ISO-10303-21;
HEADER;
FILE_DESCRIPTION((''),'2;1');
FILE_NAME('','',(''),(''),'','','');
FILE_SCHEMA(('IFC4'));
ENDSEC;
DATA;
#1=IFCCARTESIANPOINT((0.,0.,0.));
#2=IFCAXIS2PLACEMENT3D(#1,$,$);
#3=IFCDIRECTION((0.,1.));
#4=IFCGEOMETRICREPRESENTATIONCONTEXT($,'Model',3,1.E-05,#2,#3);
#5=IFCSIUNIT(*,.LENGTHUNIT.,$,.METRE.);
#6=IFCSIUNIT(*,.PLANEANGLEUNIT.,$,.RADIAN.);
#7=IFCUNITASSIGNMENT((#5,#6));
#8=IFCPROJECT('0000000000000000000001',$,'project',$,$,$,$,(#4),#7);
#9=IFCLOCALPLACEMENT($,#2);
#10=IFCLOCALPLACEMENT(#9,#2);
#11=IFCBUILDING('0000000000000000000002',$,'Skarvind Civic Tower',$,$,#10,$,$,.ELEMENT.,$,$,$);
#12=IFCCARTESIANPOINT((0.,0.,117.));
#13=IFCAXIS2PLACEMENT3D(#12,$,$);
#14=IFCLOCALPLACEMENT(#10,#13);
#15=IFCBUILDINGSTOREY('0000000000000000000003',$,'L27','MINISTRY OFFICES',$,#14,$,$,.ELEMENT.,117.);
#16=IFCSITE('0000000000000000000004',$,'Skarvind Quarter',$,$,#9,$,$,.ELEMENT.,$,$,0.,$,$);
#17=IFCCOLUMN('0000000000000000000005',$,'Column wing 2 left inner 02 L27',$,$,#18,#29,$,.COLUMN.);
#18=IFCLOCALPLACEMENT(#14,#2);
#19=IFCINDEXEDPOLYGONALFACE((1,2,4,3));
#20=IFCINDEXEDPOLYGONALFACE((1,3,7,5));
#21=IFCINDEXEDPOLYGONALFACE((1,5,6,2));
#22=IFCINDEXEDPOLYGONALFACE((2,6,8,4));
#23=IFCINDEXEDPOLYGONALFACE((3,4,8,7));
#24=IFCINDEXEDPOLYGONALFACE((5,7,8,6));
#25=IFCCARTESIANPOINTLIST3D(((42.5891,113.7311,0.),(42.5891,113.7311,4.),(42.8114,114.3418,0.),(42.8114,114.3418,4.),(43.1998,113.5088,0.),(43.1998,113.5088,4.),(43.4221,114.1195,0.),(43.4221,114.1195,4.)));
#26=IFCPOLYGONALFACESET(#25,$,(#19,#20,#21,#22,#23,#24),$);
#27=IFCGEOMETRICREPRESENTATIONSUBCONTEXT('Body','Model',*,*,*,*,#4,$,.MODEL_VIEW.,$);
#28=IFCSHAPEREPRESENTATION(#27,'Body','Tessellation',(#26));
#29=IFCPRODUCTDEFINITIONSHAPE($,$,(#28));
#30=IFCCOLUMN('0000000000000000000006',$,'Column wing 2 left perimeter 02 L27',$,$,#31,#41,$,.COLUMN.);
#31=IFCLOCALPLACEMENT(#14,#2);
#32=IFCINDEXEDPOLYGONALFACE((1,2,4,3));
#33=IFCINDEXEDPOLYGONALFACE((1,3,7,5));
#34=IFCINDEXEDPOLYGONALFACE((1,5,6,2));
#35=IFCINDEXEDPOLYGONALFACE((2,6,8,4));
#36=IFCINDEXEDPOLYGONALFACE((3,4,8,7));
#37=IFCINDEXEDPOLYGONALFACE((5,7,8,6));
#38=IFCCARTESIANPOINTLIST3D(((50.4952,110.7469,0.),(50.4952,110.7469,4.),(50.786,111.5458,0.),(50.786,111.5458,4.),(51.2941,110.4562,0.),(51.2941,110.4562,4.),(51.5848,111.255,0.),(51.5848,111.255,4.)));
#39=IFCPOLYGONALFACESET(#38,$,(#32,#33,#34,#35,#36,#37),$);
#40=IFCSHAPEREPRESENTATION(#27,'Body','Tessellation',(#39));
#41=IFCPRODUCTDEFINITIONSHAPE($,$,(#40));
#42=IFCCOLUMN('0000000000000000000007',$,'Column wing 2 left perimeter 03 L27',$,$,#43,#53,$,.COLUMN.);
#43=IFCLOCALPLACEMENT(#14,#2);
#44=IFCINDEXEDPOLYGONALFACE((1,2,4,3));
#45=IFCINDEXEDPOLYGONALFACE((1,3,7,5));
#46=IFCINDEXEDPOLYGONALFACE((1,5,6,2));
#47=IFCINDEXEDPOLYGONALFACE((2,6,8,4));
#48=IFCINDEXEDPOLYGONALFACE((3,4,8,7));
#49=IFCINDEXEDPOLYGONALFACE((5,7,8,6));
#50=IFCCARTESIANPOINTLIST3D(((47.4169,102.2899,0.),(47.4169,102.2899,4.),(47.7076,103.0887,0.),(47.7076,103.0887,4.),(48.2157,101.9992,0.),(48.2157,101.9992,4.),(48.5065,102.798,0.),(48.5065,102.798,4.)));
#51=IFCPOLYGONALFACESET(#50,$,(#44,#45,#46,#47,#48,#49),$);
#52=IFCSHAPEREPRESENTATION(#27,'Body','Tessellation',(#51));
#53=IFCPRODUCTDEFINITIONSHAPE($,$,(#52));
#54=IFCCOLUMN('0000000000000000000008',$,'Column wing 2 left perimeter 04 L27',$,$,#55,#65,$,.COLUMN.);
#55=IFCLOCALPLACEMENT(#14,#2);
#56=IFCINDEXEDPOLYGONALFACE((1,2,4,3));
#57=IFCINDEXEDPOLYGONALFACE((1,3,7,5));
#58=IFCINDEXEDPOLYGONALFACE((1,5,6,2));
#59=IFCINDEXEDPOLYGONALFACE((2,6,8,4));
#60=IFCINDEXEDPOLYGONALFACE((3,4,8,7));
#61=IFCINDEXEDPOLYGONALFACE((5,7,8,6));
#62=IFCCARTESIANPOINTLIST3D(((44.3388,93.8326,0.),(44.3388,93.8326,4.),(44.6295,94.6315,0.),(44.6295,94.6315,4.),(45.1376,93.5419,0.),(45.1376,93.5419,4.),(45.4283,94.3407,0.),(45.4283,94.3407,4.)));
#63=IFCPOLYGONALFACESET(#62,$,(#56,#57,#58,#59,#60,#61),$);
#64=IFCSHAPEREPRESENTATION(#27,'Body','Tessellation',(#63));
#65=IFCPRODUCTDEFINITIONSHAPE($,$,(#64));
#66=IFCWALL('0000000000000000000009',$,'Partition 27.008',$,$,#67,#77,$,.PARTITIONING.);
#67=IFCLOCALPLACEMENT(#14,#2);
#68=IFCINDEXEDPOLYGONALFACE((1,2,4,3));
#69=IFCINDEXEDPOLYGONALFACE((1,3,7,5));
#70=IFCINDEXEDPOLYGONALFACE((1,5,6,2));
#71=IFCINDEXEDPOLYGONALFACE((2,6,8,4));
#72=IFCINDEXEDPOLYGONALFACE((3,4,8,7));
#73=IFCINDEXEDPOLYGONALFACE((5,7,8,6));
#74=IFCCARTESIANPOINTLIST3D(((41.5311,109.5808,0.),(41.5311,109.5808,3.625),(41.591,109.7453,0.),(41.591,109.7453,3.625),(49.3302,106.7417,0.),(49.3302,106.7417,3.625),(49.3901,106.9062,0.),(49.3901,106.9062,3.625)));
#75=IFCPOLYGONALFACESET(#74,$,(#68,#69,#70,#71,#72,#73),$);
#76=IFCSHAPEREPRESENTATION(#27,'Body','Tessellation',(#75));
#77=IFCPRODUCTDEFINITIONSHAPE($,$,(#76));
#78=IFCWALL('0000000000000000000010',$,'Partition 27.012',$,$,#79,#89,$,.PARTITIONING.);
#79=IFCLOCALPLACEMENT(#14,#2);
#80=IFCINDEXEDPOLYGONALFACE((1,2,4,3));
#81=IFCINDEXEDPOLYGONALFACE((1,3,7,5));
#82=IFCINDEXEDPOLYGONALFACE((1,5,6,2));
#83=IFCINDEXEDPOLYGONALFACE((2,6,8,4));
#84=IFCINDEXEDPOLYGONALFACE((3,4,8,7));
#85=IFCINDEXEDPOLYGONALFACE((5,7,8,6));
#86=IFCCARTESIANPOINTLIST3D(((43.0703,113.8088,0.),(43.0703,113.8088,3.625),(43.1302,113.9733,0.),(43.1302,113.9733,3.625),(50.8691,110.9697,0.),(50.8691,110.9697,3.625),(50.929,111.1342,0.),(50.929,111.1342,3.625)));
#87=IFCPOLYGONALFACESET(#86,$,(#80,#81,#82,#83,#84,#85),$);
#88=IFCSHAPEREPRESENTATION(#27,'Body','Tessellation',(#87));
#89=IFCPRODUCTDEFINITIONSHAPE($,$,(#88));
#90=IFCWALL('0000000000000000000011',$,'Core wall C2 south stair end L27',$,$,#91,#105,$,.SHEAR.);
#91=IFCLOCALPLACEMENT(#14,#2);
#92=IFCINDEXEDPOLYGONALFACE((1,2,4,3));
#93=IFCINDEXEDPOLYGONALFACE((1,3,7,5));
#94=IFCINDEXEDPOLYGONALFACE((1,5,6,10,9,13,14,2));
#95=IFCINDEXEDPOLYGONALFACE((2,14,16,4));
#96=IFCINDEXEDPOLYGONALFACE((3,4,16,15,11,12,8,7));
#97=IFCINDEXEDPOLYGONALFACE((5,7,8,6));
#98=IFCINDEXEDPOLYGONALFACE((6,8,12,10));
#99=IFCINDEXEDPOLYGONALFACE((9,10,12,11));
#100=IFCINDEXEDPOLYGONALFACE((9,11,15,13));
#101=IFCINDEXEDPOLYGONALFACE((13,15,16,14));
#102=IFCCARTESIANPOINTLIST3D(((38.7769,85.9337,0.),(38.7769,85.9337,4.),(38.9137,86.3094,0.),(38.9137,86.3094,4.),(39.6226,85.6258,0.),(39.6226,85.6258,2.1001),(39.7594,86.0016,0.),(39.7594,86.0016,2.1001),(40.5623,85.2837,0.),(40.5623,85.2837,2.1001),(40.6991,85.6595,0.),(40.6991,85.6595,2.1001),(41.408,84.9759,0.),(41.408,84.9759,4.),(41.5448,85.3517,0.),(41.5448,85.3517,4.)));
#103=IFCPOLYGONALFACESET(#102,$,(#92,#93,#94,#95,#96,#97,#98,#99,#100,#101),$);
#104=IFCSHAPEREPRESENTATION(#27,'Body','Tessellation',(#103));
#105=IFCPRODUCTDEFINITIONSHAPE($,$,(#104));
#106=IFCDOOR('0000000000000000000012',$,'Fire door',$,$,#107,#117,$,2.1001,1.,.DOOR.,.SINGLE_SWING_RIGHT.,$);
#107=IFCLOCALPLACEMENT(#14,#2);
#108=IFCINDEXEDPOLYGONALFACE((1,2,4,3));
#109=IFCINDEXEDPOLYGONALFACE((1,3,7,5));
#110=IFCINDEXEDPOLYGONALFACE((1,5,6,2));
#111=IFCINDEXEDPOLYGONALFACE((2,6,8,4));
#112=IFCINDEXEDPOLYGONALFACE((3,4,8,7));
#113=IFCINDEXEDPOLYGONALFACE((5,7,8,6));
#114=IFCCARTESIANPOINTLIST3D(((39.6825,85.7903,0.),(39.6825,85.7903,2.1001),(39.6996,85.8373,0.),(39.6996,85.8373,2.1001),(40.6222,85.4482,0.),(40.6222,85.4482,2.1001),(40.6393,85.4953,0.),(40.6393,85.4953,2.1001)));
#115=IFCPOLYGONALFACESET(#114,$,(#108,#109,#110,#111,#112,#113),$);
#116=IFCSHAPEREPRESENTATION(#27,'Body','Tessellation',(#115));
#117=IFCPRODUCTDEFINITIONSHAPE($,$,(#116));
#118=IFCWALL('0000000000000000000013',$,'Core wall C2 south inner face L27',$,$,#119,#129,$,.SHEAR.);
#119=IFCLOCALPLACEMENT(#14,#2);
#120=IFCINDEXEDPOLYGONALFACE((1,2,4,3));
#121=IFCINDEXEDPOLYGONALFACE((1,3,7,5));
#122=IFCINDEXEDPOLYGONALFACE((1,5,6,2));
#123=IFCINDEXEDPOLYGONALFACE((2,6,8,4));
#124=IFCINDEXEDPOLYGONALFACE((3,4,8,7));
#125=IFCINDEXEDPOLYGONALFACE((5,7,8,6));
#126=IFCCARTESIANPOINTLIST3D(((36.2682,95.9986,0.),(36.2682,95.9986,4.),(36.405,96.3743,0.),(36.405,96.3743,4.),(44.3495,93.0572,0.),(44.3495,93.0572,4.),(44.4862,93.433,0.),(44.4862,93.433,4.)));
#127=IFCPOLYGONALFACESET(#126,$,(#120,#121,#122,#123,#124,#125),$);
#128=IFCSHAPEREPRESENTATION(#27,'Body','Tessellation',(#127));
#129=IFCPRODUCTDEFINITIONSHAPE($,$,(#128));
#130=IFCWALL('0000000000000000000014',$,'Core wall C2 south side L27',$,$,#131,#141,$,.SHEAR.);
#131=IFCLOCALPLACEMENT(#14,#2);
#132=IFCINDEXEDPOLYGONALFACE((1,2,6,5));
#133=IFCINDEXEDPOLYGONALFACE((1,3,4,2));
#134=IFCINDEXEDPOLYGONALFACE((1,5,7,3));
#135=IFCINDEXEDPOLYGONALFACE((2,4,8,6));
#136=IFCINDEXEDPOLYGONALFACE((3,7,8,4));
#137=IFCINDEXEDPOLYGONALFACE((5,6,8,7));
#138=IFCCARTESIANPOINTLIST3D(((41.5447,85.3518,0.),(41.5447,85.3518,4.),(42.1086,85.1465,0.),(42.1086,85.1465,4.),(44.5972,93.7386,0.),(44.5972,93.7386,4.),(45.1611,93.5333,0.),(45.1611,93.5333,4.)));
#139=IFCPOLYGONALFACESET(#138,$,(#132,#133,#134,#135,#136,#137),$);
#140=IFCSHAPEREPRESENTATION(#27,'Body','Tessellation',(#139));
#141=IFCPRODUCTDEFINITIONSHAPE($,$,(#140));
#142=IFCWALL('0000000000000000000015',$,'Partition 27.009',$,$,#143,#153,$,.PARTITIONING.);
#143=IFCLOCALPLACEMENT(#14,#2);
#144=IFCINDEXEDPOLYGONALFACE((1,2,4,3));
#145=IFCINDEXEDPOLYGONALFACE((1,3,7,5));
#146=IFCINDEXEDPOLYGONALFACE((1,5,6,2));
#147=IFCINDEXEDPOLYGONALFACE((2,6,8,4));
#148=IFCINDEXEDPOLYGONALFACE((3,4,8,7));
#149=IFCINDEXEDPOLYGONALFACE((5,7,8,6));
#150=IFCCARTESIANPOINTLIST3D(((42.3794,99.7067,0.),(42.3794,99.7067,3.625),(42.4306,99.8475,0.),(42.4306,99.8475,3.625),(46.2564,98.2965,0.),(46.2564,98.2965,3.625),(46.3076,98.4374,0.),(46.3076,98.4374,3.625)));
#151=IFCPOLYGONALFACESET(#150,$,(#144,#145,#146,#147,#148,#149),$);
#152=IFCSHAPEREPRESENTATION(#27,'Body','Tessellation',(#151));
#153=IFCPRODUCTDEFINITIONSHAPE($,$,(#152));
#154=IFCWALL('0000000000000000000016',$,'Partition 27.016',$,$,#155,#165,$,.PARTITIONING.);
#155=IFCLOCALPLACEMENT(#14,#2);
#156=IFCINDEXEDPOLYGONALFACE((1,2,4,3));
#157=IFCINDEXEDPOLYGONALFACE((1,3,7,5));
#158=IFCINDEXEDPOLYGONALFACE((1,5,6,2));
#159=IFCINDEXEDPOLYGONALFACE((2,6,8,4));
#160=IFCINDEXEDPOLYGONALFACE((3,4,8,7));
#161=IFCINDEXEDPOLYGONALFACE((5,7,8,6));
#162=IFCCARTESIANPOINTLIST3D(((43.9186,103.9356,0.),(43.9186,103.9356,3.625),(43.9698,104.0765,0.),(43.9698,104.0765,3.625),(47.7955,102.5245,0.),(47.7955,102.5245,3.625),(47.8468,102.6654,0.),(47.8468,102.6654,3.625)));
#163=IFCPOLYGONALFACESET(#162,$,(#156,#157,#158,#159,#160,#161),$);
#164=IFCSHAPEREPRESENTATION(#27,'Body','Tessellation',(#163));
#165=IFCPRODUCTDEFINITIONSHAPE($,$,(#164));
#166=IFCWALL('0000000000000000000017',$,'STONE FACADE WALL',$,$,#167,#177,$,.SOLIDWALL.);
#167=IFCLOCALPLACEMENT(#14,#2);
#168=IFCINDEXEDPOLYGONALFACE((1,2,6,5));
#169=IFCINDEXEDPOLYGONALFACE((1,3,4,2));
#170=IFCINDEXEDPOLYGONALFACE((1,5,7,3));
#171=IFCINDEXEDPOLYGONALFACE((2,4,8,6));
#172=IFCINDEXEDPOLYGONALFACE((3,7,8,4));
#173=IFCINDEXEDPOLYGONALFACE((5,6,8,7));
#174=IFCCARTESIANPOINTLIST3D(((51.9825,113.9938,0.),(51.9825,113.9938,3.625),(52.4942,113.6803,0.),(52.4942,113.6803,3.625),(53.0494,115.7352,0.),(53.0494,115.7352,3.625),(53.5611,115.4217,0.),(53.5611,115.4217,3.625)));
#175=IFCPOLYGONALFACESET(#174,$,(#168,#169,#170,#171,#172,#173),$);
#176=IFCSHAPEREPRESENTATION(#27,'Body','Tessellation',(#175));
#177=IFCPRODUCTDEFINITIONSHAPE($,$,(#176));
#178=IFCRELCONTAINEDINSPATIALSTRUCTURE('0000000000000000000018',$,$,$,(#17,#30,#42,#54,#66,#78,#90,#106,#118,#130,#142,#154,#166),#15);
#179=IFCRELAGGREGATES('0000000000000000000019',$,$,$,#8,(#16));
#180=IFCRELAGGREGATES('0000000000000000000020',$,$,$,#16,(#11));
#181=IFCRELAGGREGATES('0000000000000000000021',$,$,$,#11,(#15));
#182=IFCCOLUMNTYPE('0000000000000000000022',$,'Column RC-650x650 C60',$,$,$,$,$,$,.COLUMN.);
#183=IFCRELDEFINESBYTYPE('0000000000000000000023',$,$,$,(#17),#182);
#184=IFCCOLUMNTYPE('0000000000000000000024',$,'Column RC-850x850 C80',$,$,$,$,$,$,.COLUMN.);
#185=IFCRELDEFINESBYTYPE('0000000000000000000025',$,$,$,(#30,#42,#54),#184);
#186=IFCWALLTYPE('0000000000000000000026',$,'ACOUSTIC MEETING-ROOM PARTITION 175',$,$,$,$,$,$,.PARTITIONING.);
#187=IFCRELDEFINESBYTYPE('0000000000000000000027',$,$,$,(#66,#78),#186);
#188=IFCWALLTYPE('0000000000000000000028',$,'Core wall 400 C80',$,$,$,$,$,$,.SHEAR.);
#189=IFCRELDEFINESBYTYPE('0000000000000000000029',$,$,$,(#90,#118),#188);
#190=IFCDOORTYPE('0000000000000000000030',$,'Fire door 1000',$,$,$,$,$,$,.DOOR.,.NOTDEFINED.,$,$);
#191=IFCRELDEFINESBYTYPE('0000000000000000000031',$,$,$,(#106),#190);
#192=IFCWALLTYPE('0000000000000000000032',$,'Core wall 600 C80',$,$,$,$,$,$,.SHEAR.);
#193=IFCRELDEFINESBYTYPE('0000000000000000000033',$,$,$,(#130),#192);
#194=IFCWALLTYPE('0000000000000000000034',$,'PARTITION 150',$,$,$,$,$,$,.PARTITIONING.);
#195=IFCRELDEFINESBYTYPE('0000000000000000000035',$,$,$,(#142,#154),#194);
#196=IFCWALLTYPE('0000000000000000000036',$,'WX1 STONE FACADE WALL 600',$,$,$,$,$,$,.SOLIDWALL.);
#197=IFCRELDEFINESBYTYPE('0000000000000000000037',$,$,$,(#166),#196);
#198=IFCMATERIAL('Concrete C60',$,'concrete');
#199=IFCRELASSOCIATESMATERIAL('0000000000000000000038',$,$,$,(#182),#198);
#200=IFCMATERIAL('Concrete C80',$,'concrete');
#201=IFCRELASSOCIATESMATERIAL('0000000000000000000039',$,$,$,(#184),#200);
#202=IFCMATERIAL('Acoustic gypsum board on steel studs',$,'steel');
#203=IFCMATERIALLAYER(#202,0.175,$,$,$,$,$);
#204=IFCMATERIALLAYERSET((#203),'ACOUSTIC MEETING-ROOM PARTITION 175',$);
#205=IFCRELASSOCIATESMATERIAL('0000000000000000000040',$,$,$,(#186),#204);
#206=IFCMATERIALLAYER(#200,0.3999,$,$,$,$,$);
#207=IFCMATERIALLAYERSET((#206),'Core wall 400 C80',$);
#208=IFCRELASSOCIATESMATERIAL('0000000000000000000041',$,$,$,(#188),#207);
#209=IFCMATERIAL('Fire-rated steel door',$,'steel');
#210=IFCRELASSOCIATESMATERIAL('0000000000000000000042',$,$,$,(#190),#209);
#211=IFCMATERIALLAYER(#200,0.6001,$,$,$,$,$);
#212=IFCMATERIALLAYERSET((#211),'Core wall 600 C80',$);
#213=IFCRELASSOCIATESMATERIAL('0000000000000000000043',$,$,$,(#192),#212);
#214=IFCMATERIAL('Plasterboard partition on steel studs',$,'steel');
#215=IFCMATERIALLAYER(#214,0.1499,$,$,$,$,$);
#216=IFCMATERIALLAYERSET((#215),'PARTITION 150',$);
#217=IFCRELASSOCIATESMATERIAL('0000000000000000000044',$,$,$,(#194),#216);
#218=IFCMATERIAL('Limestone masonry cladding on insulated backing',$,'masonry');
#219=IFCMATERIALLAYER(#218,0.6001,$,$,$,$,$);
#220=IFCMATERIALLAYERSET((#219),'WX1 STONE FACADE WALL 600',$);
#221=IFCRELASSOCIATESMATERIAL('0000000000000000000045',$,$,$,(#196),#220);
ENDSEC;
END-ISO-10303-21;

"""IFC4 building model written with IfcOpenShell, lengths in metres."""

from ifc_helpers import new_model, si_unit, direction, frame, frame_2d, origin, origin_2d, place, context, subcontext, project, spatial, rectangle, extrude, material, layer, layer_set, material_profile, profile_set, type_object, element, fill, save


model = new_model("IFC4")

# Units and contexts
model_context = context("Model", 3, precision=1e-05, world=origin(), true_north=direction((0.0, 1.0)))
body_context = subcontext(model_context, "Body", "Model", "MODEL_VIEW")
ifc_project = project(units=[si_unit("LENGTHUNIT", "METRE"), si_unit("PLANEANGLEUNIT", "RADIAN")], contexts=[model_context])

# Site, building, storey
site_placement = place(None, origin())
site = spatial("IfcSite", under=ifc_project, at=site_placement, Name="Skarvind Quarter", CompositionType="ELEMENT", RefElevation=0.0)
building_placement = place(site_placement, origin())
building = spatial("IfcBuilding", under=site, at=building_placement, Name="Skarvind Civic Tower", CompositionType="ELEMENT")
storey_placement = place(building_placement, frame((0.0, 0.0, 117.0)))
storey = spatial("IfcBuildingStorey", under=building, at=storey_placement, Name="L27", Description="MINISTRY OFFICES", CompositionType="ELEMENT", Elevation=117.0)

# Columns
ifc_material_1 = material(Name="Concrete C60", Category="concrete")
ifc_material_profile_1 = material_profile(ifc_material_1, rectangle(XDim=0.6499, YDim=0.6499, at=origin_2d()), Name="RC-650x650")
ifc_profile_set_1 = profile_set([ifc_material_profile_1], Name="Concrete C60")
column_type_1 = type_object("IfcColumnType", Name="Column RC-650x650 C60", PredefinedType="COLUMN", material=ifc_profile_set_1)
column_placement = place(storey_placement, frame((43.0056, 113.9253, 0.0), z_axis=(0.0, 0.0, 1.0), x_axis=(-0.34202, -0.939693, 0.0)))
element("IfcColumn", 1, at=column_placement, inside=storey, type_object=column_type_1, Name="Column wing 2 left inner 02 L27", PredefinedType="COLUMN", context=body_context, shape_type="SweptSolid", body=[
    extrude(rectangle(XDim=0.6499, YDim=0.6499, at=origin_2d()), origin(), (0.0, 0.0, 1.0), 4.0),
])
ifc_material_2 = material(Name="Concrete C80", Category="concrete")
ifc_material_profile_2 = material_profile(ifc_material_2, rectangle(XDim=0.8501, YDim=0.8501, at=origin_2d()), Name="RC-850x850")
ifc_profile_set_2 = profile_set([ifc_material_profile_2], Name="Concrete C80")
column_type_2 = type_object("IfcColumnType", Name="Column RC-850x850 C80", PredefinedType="COLUMN", material=ifc_profile_set_2)
for number, where, z_axis, x_axis, name in (
    (2, (51.04, 111.001, 0.0), (0.0, 0.0, 1.0), (-0.34202, -0.939693, 0.0), "Column wing 2 left perimeter 02 L27"),
    (3, (47.9617, 102.5439, 0.0), (0.0, 0.0, 1.0), (-0.34202, -0.939693, 0.0), "Column wing 2 left perimeter 03 L27"),
    (4, (44.8835, 94.0867, 0.0), (0.0, 0.0, 1.0), (-0.34202, -0.939693, 0.0), "Column wing 2 left perimeter 04 L27"),
):
    element("IfcColumn", number, at=place(storey_placement, frame(where, z_axis=z_axis, x_axis=x_axis)), inside=storey, type_object=column_type_2, Name=name, PredefinedType="COLUMN", context=body_context, shape_type="SweptSolid", body=[
        extrude(rectangle(XDim=0.8501, YDim=0.8501, at=origin_2d()), origin(), (0.0, 0.0, 1.0), 4.0),
    ])

# Walls
ifc_material_3 = material(Name="Acoustic gypsum board on steel studs", Category="steel")
ifc_layer_1 = layer(ifc_material_3, 0.175)
ifc_layer_set_1 = layer_set([ifc_layer_1], Name="ACOUSTIC MEETING-ROOM PARTITION 175")
wall_type_1 = type_object("IfcWallType", Name="ACOUSTIC MEETING-ROOM PARTITION 175", PredefinedType="PARTITIONING", material=ifc_layer_set_1)
wall_1_placement = place(storey_placement, frame((41.561, 109.6631, 0.0), z_axis=(0.0, 0.0, 1.0), x_axis=(0.939674, -0.342071, 0.0)))
element("IfcWall", 5, at=wall_1_placement, inside=storey, type_object=wall_type_1, Name="Partition 27.008", PredefinedType="PARTITIONING", context=body_context, shape_type="SweptSolid", body=[
    extrude(rectangle(XDim=8.2998, YDim=0.175, at=frame_2d((4.1499, 0.0))), origin(), (0.0, 0.0, 1.0), 3.625),
])
wall_2_placement = place(storey_placement, frame((43.1001, 113.8911, 0.0), z_axis=(0.0, 0.0, 1.0), x_axis=(0.939671, -0.342081, 0.0)))
element("IfcWall", 6, at=wall_2_placement, inside=storey, type_object=wall_type_1, Name="Partition 27.012", PredefinedType="PARTITIONING", context=body_context, shape_type="SweptSolid", body=[
    extrude(rectangle(XDim=8.2996, YDim=0.175, at=frame_2d((4.1499, 0.0))), origin(), (0.0, 0.0, 1.0), 3.625),
])

# Wall, opening, door
ifc_layer_2 = layer(ifc_material_2, 0.3999)
ifc_layer_set_2 = layer_set([ifc_layer_2], Name="Core wall 400 C80")
wall_type_2 = type_object("IfcWallType", Name="Core wall 400 C80", PredefinedType="SHEAR", material=ifc_layer_set_2)
wall_3_placement = place(storey_placement, frame((41.4763, 85.1638, 0.0), z_axis=(0.0, 0.0, 1.0), x_axis=(-0.939679, 0.342058, 0.0)))
wall_3 = element("IfcWall", 7, at=wall_3_placement, inside=storey, type_object=wall_type_2, Name="Core wall C2 south stair end L27", PredefinedType="SHEAR", context=body_context, shape_type="SweptSolid", body=[
    extrude(rectangle(XDim=2.8, YDim=0.3999, at=frame_2d((1.3999, 0.0))), origin(), (0.0, 0.0, 1.0), 4.0),
])
opening_1_placement = place(wall_3_placement, frame((0.8999, 0.0, 0.0)))
opening_1 = element("IfcOpeningElement", 8, at=opening_1_placement, cuts=wall_3, PredefinedType="OPENING", context=body_context, shape_type="SweptSolid", body=[
    extrude(rectangle(XDim=1.0, YDim=2.1001, at=frame_2d((0.5, 1.05))), frame((0.0, 0.21, 0.0), z_axis=(0.0, -1.0, 0.0), x_axis=(1.0, 0.0, 0.0)), (0.0, 0.0, 1.0), 0.4199),
])
ifc_material_4 = material(Name="Fire-rated steel door", Category="steel")
door_type_1 = type_object("IfcDoorType", Name="Fire door 1000", OperationType="NOTDEFINED", PredefinedType="DOOR", material=ifc_material_4)
door_1_placement = place(opening_1_placement, origin())
door_1 = element("IfcDoor", 9, at=door_1_placement, inside=storey, type_object=door_type_1, Name="Fire door", OperationType="SINGLE_SWING_RIGHT", OverallHeight=2.1001, OverallWidth=1.0, PredefinedType="DOOR", context=body_context, shape_type="SweptSolid", body=[
    extrude(rectangle(XDim=1.0, YDim=2.1001, at=frame_2d((0.5, 1.05))), frame((0.0, 0.0249, 0.0), z_axis=(0.0, -1.0, 0.0), x_axis=(1.0, 0.0, 0.0)), (0.0, 0.0, 1.0), 0.05),
])
fill(opening_1, door_1)

# Walls
wall_4_placement = place(storey_placement, frame((44.4177, 93.2451, 0.0), z_axis=(0.0, 0.0, 1.0), x_axis=(-0.939691, 0.342026, 0.0)))
element("IfcWall", 10, at=wall_4_placement, inside=storey, type_object=wall_type_2, Name="Core wall C2 south inner face L27", PredefinedType="SHEAR", context=body_context, shape_type="SweptSolid", body=[
    extrude(rectangle(XDim=8.5999, YDim=0.3999, at=frame_2d((4.2998, 0.0))), origin(), (0.0, 0.0, 1.0), 4.0),
])
ifc_layer_3 = layer(ifc_material_2, 0.6001)
ifc_layer_set_3 = layer_set([ifc_layer_3], Name="Core wall 600 C80")
wall_type_3 = type_object("IfcWallType", Name="Core wall 600 C80", PredefinedType="SHEAR", material=ifc_layer_set_3)
wall_5_placement = place(storey_placement, frame((41.8267, 85.2493, 0.0), z_axis=(0.0, 0.0, 1.0), x_axis=(0.342018, 0.939694, 0.0)))
element("IfcWall", 11, at=wall_5_placement, inside=storey, type_object=wall_type_3, Name="Core wall C2 south side L27", PredefinedType="SHEAR", context=body_context, shape_type="SweptSolid", body=[
    extrude(rectangle(XDim=8.925, YDim=0.6001, at=frame_2d((4.4624, 0.0))), origin(), (0.0, 0.0, 1.0), 4.0),
])
ifc_material_5 = material(Name="Plasterboard partition on steel studs", Category="steel")
ifc_layer_4 = layer(ifc_material_5, 0.1499)
ifc_layer_set_4 = layer_set([ifc_layer_4], Name="PARTITION 150")
wall_type_4 = type_object("IfcWallType", Name="PARTITION 150", PredefinedType="PARTITIONING", material=ifc_layer_set_4)
wall_6_placement = place(storey_placement, frame((42.405, 99.7771, 0.0), z_axis=(0.0, 0.0, 1.0), x_axis=(0.939766, -0.341819, 0.0)))
element("IfcWall", 12, at=wall_6_placement, inside=storey, type_object=wall_type_4, Name="Partition 27.009", PredefinedType="PARTITIONING", context=body_context, shape_type="SweptSolid", body=[
    extrude(rectangle(XDim=4.1255, YDim=0.1499, at=frame_2d((2.0627, 0.0))), origin(), (0.0, 0.0, 1.0), 3.625),
])
wall_7_placement = place(storey_placement, frame((43.9441, 104.0061, 0.0), z_axis=(0.0, 0.0, 1.0), x_axis=(0.93969, -0.342028, 0.0)))
element("IfcWall", 13, at=wall_7_placement, inside=storey, type_object=wall_type_4, Name="Partition 27.016", PredefinedType="PARTITIONING", context=body_context, shape_type="SweptSolid", body=[
    extrude(rectangle(XDim=4.1257, YDim=0.1499, at=frame_2d((2.063, 0.0))), origin(), (0.0, 0.0, 1.0), 3.625),
])

# Shared definitions
ifc_material_6 = material(Name="Limestone masonry cladding on insulated backing", Category="masonry")
ifc_layer_5 = layer(ifc_material_6, 0.6001)
ifc_layer_set_5 = layer_set([ifc_layer_5], Name="WX1 STONE FACADE WALL 600")
wall_type_5 = type_object("IfcWallType", Name="WX1 STONE FACADE WALL 600", PredefinedType="SOLIDWALL", material=ifc_layer_set_5)

# Wall
wall_8_placement = place(storey_placement, frame((53.3052, 115.5784, 0.0), z_axis=(0.0, 0.0, 1.0), x_axis=(-0.522402, -0.852699, 0.0)))
element("IfcWall", 14, at=wall_8_placement, inside=storey, type_object=wall_type_5, Name="STONE FACADE WALL", PredefinedType="SOLIDWALL", context=body_context, shape_type="SweptSolid", body=[
    extrude(rectangle(XDim=2.0422, YDim=0.6001, at=frame_2d((1.021, 0.0))), origin(), (0.0, 0.0, 1.0), 3.625),
])

save(model, "model.ifc")
